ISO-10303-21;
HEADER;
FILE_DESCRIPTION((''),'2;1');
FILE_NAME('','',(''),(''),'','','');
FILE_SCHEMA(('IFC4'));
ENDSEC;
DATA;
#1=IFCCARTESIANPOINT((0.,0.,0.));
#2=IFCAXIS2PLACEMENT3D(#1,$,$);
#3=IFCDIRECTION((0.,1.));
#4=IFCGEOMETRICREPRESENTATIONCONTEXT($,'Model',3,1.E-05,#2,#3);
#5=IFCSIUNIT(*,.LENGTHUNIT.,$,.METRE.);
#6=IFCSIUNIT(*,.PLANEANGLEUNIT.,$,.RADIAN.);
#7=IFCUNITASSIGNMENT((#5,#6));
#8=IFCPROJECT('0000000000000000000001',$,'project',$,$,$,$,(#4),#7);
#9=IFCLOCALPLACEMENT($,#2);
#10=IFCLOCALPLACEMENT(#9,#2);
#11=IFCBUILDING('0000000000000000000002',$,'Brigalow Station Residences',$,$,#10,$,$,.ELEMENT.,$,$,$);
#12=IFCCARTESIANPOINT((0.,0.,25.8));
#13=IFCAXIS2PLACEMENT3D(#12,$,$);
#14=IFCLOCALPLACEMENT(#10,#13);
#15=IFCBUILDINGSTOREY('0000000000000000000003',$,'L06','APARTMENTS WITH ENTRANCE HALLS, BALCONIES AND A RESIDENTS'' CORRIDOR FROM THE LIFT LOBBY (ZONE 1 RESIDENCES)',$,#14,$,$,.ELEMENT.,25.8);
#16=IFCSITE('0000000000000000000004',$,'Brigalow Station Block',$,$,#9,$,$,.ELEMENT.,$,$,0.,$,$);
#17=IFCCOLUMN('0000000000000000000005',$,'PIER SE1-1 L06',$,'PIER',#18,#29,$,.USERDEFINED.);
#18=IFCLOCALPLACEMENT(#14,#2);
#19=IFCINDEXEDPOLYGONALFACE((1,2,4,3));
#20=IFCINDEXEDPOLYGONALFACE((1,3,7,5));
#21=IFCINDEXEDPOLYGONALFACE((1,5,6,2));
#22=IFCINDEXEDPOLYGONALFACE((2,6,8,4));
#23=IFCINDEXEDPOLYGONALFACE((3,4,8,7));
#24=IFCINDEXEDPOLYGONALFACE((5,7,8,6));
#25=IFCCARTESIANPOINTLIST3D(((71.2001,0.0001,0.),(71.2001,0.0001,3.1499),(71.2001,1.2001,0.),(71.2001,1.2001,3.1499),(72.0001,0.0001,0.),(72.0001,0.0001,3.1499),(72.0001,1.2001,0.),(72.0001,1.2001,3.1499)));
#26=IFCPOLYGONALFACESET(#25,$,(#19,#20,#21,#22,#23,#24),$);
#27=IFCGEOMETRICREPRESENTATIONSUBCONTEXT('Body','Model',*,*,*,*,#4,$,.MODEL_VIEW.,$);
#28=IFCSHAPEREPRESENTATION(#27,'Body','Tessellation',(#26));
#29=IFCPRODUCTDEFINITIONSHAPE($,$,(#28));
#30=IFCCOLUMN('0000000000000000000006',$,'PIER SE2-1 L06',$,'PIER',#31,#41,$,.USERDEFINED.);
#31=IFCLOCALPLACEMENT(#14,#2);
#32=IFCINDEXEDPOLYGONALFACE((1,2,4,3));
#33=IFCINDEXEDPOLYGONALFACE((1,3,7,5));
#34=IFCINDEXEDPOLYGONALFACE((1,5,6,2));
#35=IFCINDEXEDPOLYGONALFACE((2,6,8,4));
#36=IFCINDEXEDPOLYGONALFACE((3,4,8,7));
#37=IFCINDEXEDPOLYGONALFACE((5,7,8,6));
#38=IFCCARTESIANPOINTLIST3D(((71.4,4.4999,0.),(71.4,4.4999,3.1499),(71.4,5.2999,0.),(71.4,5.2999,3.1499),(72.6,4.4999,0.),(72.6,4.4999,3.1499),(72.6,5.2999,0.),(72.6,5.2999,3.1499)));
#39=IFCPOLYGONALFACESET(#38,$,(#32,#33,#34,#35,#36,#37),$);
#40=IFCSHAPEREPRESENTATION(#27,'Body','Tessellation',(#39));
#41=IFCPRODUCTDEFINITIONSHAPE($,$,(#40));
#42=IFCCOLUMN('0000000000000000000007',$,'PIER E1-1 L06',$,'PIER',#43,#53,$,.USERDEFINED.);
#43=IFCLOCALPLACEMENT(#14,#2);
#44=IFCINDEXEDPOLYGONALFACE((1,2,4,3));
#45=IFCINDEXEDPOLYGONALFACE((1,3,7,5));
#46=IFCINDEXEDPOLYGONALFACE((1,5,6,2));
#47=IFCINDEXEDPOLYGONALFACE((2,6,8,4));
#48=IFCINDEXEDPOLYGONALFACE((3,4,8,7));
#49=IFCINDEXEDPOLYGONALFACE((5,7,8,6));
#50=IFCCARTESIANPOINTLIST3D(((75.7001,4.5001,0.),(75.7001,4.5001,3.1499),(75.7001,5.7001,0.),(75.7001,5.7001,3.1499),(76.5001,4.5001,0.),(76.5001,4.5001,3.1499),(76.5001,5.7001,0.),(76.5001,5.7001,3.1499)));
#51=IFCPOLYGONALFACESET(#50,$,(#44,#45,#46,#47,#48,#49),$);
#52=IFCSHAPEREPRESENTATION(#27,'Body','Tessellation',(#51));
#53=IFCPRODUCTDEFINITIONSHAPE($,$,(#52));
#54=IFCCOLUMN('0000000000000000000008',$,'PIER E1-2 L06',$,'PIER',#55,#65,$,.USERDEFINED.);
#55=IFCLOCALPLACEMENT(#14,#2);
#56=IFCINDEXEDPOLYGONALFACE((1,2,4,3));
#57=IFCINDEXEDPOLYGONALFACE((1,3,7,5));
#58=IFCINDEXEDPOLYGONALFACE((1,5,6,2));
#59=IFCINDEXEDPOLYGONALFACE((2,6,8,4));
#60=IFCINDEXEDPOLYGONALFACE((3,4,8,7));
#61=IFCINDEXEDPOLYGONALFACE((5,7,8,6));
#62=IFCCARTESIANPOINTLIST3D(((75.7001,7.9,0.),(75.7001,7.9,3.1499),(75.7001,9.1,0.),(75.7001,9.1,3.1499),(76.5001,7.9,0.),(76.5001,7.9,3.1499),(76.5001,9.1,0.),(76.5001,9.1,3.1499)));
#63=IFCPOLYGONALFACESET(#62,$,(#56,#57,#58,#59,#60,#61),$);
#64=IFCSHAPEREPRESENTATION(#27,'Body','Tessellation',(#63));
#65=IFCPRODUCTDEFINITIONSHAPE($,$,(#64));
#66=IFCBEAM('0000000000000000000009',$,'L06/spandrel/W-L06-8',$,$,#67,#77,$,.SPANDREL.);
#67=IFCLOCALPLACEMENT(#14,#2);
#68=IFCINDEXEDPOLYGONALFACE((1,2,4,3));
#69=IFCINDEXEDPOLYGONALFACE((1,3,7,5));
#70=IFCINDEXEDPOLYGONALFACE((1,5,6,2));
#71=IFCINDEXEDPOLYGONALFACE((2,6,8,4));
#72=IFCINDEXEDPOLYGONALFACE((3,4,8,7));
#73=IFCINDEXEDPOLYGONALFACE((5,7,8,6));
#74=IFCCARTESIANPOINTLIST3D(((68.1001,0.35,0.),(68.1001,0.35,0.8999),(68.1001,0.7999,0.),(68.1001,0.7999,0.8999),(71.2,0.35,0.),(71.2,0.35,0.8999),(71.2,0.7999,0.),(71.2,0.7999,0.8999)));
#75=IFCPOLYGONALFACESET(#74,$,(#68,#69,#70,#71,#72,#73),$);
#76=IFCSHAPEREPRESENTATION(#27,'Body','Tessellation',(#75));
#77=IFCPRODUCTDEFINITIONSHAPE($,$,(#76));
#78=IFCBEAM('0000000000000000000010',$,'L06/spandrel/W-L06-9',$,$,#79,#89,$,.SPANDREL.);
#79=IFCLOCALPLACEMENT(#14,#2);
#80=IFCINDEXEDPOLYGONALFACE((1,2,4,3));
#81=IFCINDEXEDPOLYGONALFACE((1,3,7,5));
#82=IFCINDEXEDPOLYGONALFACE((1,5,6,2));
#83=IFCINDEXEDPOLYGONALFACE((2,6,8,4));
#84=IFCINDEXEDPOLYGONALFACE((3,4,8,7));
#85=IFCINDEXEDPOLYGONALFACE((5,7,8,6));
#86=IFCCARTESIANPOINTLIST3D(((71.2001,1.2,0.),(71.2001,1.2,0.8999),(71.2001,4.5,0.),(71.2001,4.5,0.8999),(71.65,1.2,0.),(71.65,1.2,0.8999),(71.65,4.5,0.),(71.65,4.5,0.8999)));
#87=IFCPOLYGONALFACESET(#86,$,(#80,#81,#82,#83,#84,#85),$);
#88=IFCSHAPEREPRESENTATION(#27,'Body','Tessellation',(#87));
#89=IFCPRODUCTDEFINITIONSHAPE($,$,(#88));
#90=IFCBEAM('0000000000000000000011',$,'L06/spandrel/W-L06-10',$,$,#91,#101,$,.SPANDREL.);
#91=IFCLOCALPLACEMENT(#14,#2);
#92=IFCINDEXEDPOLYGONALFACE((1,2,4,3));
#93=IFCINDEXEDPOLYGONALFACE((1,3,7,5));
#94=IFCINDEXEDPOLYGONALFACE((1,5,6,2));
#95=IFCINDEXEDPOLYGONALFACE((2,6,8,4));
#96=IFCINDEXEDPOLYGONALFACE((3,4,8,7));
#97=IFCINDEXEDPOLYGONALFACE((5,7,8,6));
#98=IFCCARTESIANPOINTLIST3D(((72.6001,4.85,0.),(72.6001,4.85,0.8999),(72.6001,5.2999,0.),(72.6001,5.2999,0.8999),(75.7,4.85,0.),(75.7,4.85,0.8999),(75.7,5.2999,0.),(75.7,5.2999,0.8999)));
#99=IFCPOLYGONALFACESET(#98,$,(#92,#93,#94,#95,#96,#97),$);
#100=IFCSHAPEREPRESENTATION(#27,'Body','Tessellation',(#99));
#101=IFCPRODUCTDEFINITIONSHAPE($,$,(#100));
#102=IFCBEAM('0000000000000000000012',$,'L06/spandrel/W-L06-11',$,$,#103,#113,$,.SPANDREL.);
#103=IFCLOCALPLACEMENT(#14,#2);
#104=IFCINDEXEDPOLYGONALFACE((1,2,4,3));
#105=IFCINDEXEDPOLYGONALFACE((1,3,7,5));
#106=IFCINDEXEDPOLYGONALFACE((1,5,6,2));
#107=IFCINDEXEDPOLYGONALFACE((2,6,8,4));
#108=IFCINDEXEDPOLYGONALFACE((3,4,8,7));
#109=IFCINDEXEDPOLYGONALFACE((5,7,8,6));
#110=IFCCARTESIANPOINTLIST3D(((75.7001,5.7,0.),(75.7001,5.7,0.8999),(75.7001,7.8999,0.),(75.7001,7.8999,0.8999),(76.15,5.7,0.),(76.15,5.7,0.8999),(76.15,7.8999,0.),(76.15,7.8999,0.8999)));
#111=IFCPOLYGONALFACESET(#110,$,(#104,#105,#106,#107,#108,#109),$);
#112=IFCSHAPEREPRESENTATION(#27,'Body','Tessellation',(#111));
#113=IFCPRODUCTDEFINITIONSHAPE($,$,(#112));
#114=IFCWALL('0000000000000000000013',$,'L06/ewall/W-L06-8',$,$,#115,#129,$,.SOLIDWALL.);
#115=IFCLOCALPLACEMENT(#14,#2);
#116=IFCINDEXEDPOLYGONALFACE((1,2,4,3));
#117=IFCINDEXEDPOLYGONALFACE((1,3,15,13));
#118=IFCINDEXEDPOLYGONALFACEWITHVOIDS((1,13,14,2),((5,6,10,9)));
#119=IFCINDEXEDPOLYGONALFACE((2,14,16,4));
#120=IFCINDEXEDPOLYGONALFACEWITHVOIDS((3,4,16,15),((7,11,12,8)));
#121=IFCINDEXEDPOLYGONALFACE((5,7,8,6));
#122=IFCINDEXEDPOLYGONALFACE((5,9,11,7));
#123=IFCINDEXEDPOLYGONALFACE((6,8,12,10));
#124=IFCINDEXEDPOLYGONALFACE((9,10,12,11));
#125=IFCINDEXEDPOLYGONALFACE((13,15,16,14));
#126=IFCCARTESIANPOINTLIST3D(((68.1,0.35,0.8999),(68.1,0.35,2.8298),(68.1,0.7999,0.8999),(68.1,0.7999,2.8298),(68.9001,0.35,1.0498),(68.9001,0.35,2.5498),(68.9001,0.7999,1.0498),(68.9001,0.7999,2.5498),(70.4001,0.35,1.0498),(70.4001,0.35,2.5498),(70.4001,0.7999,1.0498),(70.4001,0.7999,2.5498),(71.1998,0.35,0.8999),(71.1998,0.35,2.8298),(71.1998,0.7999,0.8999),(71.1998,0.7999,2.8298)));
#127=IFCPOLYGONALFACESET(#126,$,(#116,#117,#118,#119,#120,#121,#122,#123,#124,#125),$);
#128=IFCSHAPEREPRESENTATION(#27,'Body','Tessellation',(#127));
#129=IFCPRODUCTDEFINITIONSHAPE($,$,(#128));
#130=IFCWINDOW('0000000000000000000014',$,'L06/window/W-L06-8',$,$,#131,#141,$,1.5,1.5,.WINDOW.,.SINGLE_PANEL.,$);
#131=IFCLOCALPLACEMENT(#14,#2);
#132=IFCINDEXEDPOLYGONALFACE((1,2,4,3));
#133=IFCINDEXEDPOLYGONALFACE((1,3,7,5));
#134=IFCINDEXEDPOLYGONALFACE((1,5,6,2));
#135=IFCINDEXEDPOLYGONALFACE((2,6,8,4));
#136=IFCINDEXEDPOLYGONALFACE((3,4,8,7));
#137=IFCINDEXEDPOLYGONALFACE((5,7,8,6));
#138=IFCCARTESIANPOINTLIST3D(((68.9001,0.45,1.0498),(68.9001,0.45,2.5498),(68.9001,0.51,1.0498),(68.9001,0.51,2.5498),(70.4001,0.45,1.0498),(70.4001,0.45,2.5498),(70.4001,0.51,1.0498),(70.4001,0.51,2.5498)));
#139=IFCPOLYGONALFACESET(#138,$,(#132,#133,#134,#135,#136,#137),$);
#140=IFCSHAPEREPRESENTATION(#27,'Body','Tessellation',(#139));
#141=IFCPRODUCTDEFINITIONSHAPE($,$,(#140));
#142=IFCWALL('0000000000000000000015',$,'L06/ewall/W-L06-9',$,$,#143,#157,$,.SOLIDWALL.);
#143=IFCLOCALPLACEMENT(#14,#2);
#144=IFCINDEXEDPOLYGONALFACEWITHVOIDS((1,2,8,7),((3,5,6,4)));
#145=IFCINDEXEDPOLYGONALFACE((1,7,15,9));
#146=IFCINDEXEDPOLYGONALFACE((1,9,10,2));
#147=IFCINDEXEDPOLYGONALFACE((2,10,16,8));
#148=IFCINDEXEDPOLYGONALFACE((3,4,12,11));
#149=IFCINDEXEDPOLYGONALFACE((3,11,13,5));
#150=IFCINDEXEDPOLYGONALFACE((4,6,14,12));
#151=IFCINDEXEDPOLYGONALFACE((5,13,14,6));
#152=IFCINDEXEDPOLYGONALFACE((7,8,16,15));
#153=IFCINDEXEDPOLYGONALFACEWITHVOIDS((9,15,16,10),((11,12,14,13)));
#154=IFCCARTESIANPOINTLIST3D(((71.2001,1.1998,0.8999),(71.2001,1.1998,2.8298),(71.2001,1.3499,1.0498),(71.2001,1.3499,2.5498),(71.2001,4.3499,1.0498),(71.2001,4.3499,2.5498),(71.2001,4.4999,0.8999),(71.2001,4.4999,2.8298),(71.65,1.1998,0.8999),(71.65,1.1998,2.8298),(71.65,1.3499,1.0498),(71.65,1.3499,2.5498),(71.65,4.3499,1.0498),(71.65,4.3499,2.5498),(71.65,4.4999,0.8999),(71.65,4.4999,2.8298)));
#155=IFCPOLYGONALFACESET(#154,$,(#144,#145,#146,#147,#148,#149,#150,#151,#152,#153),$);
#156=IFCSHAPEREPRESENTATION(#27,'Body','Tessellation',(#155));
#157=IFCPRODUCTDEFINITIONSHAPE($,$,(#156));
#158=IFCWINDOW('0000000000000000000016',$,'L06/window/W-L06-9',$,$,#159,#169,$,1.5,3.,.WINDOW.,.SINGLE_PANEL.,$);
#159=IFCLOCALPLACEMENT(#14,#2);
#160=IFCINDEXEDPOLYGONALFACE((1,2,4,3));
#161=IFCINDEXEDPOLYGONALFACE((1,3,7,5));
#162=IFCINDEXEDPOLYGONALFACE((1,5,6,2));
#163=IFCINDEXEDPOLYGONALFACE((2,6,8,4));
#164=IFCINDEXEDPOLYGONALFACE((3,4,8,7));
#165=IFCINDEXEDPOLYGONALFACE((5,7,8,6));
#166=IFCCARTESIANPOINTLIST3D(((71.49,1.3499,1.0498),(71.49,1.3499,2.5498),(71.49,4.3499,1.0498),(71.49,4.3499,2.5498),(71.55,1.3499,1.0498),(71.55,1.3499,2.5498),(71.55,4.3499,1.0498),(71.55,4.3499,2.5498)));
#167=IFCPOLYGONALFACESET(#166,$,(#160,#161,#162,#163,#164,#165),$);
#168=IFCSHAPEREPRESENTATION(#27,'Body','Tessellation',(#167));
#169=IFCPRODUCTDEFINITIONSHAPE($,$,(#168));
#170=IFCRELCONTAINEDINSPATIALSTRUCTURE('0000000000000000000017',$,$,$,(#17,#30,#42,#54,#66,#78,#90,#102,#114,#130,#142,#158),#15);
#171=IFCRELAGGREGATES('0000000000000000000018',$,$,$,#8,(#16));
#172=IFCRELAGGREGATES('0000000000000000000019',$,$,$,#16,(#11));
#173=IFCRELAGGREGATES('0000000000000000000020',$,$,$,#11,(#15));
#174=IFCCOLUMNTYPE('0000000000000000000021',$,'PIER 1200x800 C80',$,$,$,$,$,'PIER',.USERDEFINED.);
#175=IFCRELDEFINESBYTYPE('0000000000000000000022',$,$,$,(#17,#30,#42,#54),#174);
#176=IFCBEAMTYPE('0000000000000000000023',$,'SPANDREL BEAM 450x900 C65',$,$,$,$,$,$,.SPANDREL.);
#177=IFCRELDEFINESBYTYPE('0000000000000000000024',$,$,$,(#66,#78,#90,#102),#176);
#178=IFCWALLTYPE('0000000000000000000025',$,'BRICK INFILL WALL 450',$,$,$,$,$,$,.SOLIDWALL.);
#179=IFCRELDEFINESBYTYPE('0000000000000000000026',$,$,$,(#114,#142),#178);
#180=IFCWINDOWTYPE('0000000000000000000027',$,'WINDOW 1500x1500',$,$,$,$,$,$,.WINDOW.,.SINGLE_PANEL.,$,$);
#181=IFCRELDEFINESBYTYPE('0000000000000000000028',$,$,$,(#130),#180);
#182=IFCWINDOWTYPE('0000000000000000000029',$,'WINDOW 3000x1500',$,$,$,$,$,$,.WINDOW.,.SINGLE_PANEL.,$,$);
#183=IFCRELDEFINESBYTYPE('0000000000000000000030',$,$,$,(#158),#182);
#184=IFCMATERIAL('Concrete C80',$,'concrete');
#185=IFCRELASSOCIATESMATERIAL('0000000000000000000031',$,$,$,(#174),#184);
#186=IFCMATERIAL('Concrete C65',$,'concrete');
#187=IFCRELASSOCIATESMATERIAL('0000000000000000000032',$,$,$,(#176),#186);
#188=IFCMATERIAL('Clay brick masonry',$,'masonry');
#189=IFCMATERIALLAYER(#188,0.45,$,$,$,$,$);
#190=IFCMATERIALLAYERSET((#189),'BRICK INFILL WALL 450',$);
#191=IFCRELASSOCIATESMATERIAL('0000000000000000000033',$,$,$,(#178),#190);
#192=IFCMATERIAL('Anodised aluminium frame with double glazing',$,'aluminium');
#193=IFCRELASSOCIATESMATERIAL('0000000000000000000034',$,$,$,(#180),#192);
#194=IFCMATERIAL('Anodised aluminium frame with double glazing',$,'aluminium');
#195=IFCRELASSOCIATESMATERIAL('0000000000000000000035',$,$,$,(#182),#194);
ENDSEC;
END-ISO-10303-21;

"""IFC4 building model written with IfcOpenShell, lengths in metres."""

from ifc_helpers import new_model, si_unit, direction, frame, frame_2d, origin, origin_2d, place, context, subcontext, project, spatial, rectangle, extrude, material, layer, layer_set, material_profile, profile_set, type_object, element, fill, save


model = new_model("IFC4")

# Units and contexts
model_context = context("Model", 3, precision=1e-05, world=origin(), true_north=direction((0.0, 1.0)))
body_context = subcontext(model_context, "Body", "Model", "MODEL_VIEW")
ifc_project = project(units=[si_unit("LENGTHUNIT", "METRE"), si_unit("PLANEANGLEUNIT", "RADIAN")], contexts=[model_context])

# Site, building, storey
site_placement = place(None, origin())
site = spatial("IfcSite", under=ifc_project, at=site_placement, Name="Brigalow Station Block", CompositionType="ELEMENT", RefElevation=0.0)
building_placement = place(site_placement, origin())
building = spatial("IfcBuilding", under=site, at=building_placement, Name="Brigalow Station Residences", CompositionType="ELEMENT")
storey_placement = place(building_placement, frame((0.0, 0.0, 25.8)))
storey = spatial("IfcBuildingStorey", under=building, at=storey_placement, Name="L06", Description="APARTMENTS WITH ENTRANCE HALLS, BALCONIES AND A RESIDENTS' CORRIDOR FROM THE LIFT LOBBY (ZONE 1 RESIDENCES)", CompositionType="ELEMENT", Elevation=25.8)

# Columns
ifc_material_1 = material(Name="Concrete C80", Category="concrete")
ifc_material_profile_1 = material_profile(ifc_material_1, rectangle(XDim=1.2, YDim=0.8, at=origin_2d()), Name="RC1200x800")
ifc_profile_set_1 = profile_set([ifc_material_profile_1], Name="Concrete C80")
column_type = type_object("IfcColumnType", Name="PIER 1200x800 C80", ElementType="PIER", PredefinedType="USERDEFINED", material=ifc_profile_set_1)
for number, where, z_axis, x_axis, name in (
    (1, (71.6001, 0.6001, 0.0), (0.0, 0.0, 1.0), (0.0, 1.0, 0.0), "PIER SE1-1 L06"),
    (2, (72.0, 4.8999, 0.0), (0.0, 0.0, 1.0), (1.0, 0.0, 0.0), "PIER SE2-1 L06"),
    (3, (76.1001, 5.1001, 0.0), (0.0, 0.0, 1.0), (0.0, 1.0, 0.0), "PIER E1-1 L06"),
    (4, (76.1001, 8.5, 0.0), (0.0, 0.0, 1.0), (0.0, 1.0, 0.0), "PIER E1-2 L06"),
):
    element("IfcColumn", number, at=place(storey_placement, frame(where, z_axis=z_axis, x_axis=x_axis)), inside=storey, type_object=column_type, Name=name, ObjectType="PIER", PredefinedType="USERDEFINED", context=body_context, shape_type="SweptSolid", body=[
        extrude(rectangle(XDim=1.2, YDim=0.8, at=origin_2d()), origin(), (0.0, 0.0, 1.0), 3.1499),
    ])

# Beams
ifc_material_2 = material(Name="Concrete C65", Category="concrete")
ifc_material_profile_2 = material_profile(ifc_material_2, rectangle(XDim=0.45, YDim=0.8999, at=origin_2d()), Name="RC450x900")
ifc_profile_set_2 = profile_set([ifc_material_profile_2], Name="Concrete C65")
beam_type = type_object("IfcBeamType", Name="SPANDREL BEAM 450x900 C65", PredefinedType="SPANDREL", material=ifc_profile_set_2)
beam_1_placement = place(storey_placement, frame((68.1001, 0.575, 0.45), z_axis=(1.0, 0.0, 0.0), x_axis=(0.0, 1.0, 0.0)))
element("IfcBeam", 5, at=beam_1_placement, inside=storey, type_object=beam_type, Name="L06/spandrel/W-L06-8", PredefinedType="SPANDREL", context=body_context, shape_type="SweptSolid", body=[
    extrude(rectangle(XDim=0.45, YDim=0.8999, at=origin_2d()), origin(), (0.0, 0.0, 1.0), 3.0999),
])
beam_2_placement = place(storey_placement, frame((71.425, 1.2, 0.45), z_axis=(0.0, 1.0, 0.0), x_axis=(-1.0, 0.0, 0.0)))
element("IfcBeam", 6, at=beam_2_placement, inside=storey, type_object=beam_type, Name="L06/spandrel/W-L06-9", PredefinedType="SPANDREL", context=body_context, shape_type="SweptSolid", body=[
    extrude(rectangle(XDim=0.45, YDim=0.8999, at=origin_2d()), origin(), (0.0, 0.0, 1.0), 3.3),
])
beam_3_placement = place(storey_placement, frame((72.6001, 5.075, 0.45), z_axis=(1.0, 0.0, 0.0), x_axis=(0.0, 1.0, 0.0)))
element("IfcBeam", 7, at=beam_3_placement, inside=storey, type_object=beam_type, Name="L06/spandrel/W-L06-10", PredefinedType="SPANDREL", context=body_context, shape_type="SweptSolid", body=[
    extrude(rectangle(XDim=0.45, YDim=0.8999, at=origin_2d()), origin(), (0.0, 0.0, 1.0), 3.0999),
])
beam_4_placement = place(storey_placement, frame((75.925, 5.7, 0.45), z_axis=(0.0, 1.0, 0.0), x_axis=(-1.0, 0.0, 0.0)))
element("IfcBeam", 8, at=beam_4_placement, inside=storey, type_object=beam_type, Name="L06/spandrel/W-L06-11", PredefinedType="SPANDREL", context=body_context, shape_type="SweptSolid", body=[
    extrude(rectangle(XDim=0.45, YDim=0.8999, at=origin_2d()), origin(), (0.0, 0.0, 1.0), 2.2),
])

# Walls, openings, windows
ifc_material_3 = material(Name="Clay brick masonry", Category="masonry")
ifc_layer_1 = layer(ifc_material_3, 0.45)
ifc_layer_set_1 = layer_set([ifc_layer_1], Name="BRICK INFILL WALL 450")
wall_type_1 = type_object("IfcWallType", Name="BRICK INFILL WALL 450", PredefinedType="SOLIDWALL", material=ifc_layer_set_1)
wall_1_placement = place(storey_placement, frame((68.1001, 0.575, 0.8999), z_axis=(0.0, 0.0, 1.0), x_axis=(1.0, 0.0, 0.0)))
wall_1 = element("IfcWall", 9, at=wall_1_placement, inside=storey, type_object=wall_type_1, Name="L06/ewall/W-L06-8", PredefinedType="SOLIDWALL", context=body_context, shape_type="SweptSolid", body=[
    extrude(rectangle(XDim=3.0999, YDim=0.45, at=frame_2d((1.5498, 0.0))), origin(), (0.0, 0.0, 1.0), 1.9299),
])
opening_1_placement = place(wall_1_placement, frame((0.8, 0.0, 0.1499)))
opening_1 = element("IfcOpeningElement", 10, at=opening_1_placement, cuts=wall_1, PredefinedType="OPENING", context=body_context, shape_type="SweptSolid", body=[
    extrude(rectangle(XDim=1.5, YDim=1.5, at=frame_2d((0.75, 0.75))), frame((0.0, 0.2349, 0.0), z_axis=(0.0, -1.0, 0.0), x_axis=(1.0, 0.0, 0.0)), (0.0, 0.0, 1.0), 0.47),
])
ifc_material_4 = material(Name="Anodised aluminium frame with double glazing", Category="aluminium")
window_type_1 = type_object("IfcWindowType", Name="WINDOW 1500x1500", PartitioningType="SINGLE_PANEL", PredefinedType="WINDOW", material=ifc_material_4)
window_1_placement = place(opening_1_placement, origin())
window_1 = element("IfcWindow", 11, at=window_1_placement, inside=storey, type_object=window_type_1, Name="L06/window/W-L06-8", OverallHeight=1.5, OverallWidth=1.5, PartitioningType="SINGLE_PANEL", PredefinedType="WINDOW", context=body_context, shape_type="SweptSolid", body=[
    extrude(rectangle(XDim=1.5, YDim=1.5, at=frame_2d((0.75, 0.75))), frame((0.0, -0.0649, 0.0), z_axis=(0.0, -1.0, 0.0), x_axis=(1.0, 0.0, 0.0)), (0.0, 0.0, 1.0), 0.0601),
])
fill(opening_1, window_1)
wall_2_placement = place(storey_placement, frame((71.425, 1.2, 0.8999), z_axis=(0.0, 0.0, 1.0), x_axis=(0.0, 1.0, 0.0)))
wall_2 = element("IfcWall", 12, at=wall_2_placement, inside=storey, type_object=wall_type_1, Name="L06/ewall/W-L06-9", PredefinedType="SOLIDWALL", context=body_context, shape_type="SweptSolid", body=[
    extrude(rectangle(XDim=3.3, YDim=0.45, at=frame_2d((1.6499, 0.0))), origin(), (0.0, 0.0, 1.0), 1.9299),
])
opening_2_placement = place(wall_2_placement, frame((0.1499, 0.0, 0.1499)))
opening_2 = element("IfcOpeningElement", 13, at=opening_2_placement, cuts=wall_2, PredefinedType="OPENING", context=body_context, shape_type="SweptSolid", body=[
    extrude(rectangle(XDim=3.0, YDim=1.5, at=frame_2d((1.5, 0.75))), frame((0.0, 0.2349, 0.0), z_axis=(0.0, -1.0, 0.0), x_axis=(1.0, 0.0, 0.0)), (0.0, 0.0, 1.0), 0.47),
])
ifc_material_5 = material(Name="Anodised aluminium frame with double glazing", Category="aluminium")
window_type_2 = type_object("IfcWindowType", Name="WINDOW 3000x1500", PartitioningType="SINGLE_PANEL", PredefinedType="WINDOW", material=ifc_material_5)
window_2_placement = place(opening_2_placement, origin())
window_2 = element("IfcWindow", 14, at=window_2_placement, inside=storey, type_object=window_type_2, Name="L06/window/W-L06-9", OverallHeight=1.5, OverallWidth=3.0, PartitioningType="SINGLE_PANEL", PredefinedType="WINDOW", context=body_context, shape_type="SweptSolid", body=[
    extrude(rectangle(XDim=3.0, YDim=1.5, at=frame_2d((1.5, 0.75))), frame((0.0, -0.0649, 0.0), z_axis=(0.0, -1.0, 0.0), x_axis=(1.0, 0.0, 0.0)), (0.0, 0.0, 1.0), 0.0601),
])
fill(opening_2, window_2)

save(model, "model.ifc")
